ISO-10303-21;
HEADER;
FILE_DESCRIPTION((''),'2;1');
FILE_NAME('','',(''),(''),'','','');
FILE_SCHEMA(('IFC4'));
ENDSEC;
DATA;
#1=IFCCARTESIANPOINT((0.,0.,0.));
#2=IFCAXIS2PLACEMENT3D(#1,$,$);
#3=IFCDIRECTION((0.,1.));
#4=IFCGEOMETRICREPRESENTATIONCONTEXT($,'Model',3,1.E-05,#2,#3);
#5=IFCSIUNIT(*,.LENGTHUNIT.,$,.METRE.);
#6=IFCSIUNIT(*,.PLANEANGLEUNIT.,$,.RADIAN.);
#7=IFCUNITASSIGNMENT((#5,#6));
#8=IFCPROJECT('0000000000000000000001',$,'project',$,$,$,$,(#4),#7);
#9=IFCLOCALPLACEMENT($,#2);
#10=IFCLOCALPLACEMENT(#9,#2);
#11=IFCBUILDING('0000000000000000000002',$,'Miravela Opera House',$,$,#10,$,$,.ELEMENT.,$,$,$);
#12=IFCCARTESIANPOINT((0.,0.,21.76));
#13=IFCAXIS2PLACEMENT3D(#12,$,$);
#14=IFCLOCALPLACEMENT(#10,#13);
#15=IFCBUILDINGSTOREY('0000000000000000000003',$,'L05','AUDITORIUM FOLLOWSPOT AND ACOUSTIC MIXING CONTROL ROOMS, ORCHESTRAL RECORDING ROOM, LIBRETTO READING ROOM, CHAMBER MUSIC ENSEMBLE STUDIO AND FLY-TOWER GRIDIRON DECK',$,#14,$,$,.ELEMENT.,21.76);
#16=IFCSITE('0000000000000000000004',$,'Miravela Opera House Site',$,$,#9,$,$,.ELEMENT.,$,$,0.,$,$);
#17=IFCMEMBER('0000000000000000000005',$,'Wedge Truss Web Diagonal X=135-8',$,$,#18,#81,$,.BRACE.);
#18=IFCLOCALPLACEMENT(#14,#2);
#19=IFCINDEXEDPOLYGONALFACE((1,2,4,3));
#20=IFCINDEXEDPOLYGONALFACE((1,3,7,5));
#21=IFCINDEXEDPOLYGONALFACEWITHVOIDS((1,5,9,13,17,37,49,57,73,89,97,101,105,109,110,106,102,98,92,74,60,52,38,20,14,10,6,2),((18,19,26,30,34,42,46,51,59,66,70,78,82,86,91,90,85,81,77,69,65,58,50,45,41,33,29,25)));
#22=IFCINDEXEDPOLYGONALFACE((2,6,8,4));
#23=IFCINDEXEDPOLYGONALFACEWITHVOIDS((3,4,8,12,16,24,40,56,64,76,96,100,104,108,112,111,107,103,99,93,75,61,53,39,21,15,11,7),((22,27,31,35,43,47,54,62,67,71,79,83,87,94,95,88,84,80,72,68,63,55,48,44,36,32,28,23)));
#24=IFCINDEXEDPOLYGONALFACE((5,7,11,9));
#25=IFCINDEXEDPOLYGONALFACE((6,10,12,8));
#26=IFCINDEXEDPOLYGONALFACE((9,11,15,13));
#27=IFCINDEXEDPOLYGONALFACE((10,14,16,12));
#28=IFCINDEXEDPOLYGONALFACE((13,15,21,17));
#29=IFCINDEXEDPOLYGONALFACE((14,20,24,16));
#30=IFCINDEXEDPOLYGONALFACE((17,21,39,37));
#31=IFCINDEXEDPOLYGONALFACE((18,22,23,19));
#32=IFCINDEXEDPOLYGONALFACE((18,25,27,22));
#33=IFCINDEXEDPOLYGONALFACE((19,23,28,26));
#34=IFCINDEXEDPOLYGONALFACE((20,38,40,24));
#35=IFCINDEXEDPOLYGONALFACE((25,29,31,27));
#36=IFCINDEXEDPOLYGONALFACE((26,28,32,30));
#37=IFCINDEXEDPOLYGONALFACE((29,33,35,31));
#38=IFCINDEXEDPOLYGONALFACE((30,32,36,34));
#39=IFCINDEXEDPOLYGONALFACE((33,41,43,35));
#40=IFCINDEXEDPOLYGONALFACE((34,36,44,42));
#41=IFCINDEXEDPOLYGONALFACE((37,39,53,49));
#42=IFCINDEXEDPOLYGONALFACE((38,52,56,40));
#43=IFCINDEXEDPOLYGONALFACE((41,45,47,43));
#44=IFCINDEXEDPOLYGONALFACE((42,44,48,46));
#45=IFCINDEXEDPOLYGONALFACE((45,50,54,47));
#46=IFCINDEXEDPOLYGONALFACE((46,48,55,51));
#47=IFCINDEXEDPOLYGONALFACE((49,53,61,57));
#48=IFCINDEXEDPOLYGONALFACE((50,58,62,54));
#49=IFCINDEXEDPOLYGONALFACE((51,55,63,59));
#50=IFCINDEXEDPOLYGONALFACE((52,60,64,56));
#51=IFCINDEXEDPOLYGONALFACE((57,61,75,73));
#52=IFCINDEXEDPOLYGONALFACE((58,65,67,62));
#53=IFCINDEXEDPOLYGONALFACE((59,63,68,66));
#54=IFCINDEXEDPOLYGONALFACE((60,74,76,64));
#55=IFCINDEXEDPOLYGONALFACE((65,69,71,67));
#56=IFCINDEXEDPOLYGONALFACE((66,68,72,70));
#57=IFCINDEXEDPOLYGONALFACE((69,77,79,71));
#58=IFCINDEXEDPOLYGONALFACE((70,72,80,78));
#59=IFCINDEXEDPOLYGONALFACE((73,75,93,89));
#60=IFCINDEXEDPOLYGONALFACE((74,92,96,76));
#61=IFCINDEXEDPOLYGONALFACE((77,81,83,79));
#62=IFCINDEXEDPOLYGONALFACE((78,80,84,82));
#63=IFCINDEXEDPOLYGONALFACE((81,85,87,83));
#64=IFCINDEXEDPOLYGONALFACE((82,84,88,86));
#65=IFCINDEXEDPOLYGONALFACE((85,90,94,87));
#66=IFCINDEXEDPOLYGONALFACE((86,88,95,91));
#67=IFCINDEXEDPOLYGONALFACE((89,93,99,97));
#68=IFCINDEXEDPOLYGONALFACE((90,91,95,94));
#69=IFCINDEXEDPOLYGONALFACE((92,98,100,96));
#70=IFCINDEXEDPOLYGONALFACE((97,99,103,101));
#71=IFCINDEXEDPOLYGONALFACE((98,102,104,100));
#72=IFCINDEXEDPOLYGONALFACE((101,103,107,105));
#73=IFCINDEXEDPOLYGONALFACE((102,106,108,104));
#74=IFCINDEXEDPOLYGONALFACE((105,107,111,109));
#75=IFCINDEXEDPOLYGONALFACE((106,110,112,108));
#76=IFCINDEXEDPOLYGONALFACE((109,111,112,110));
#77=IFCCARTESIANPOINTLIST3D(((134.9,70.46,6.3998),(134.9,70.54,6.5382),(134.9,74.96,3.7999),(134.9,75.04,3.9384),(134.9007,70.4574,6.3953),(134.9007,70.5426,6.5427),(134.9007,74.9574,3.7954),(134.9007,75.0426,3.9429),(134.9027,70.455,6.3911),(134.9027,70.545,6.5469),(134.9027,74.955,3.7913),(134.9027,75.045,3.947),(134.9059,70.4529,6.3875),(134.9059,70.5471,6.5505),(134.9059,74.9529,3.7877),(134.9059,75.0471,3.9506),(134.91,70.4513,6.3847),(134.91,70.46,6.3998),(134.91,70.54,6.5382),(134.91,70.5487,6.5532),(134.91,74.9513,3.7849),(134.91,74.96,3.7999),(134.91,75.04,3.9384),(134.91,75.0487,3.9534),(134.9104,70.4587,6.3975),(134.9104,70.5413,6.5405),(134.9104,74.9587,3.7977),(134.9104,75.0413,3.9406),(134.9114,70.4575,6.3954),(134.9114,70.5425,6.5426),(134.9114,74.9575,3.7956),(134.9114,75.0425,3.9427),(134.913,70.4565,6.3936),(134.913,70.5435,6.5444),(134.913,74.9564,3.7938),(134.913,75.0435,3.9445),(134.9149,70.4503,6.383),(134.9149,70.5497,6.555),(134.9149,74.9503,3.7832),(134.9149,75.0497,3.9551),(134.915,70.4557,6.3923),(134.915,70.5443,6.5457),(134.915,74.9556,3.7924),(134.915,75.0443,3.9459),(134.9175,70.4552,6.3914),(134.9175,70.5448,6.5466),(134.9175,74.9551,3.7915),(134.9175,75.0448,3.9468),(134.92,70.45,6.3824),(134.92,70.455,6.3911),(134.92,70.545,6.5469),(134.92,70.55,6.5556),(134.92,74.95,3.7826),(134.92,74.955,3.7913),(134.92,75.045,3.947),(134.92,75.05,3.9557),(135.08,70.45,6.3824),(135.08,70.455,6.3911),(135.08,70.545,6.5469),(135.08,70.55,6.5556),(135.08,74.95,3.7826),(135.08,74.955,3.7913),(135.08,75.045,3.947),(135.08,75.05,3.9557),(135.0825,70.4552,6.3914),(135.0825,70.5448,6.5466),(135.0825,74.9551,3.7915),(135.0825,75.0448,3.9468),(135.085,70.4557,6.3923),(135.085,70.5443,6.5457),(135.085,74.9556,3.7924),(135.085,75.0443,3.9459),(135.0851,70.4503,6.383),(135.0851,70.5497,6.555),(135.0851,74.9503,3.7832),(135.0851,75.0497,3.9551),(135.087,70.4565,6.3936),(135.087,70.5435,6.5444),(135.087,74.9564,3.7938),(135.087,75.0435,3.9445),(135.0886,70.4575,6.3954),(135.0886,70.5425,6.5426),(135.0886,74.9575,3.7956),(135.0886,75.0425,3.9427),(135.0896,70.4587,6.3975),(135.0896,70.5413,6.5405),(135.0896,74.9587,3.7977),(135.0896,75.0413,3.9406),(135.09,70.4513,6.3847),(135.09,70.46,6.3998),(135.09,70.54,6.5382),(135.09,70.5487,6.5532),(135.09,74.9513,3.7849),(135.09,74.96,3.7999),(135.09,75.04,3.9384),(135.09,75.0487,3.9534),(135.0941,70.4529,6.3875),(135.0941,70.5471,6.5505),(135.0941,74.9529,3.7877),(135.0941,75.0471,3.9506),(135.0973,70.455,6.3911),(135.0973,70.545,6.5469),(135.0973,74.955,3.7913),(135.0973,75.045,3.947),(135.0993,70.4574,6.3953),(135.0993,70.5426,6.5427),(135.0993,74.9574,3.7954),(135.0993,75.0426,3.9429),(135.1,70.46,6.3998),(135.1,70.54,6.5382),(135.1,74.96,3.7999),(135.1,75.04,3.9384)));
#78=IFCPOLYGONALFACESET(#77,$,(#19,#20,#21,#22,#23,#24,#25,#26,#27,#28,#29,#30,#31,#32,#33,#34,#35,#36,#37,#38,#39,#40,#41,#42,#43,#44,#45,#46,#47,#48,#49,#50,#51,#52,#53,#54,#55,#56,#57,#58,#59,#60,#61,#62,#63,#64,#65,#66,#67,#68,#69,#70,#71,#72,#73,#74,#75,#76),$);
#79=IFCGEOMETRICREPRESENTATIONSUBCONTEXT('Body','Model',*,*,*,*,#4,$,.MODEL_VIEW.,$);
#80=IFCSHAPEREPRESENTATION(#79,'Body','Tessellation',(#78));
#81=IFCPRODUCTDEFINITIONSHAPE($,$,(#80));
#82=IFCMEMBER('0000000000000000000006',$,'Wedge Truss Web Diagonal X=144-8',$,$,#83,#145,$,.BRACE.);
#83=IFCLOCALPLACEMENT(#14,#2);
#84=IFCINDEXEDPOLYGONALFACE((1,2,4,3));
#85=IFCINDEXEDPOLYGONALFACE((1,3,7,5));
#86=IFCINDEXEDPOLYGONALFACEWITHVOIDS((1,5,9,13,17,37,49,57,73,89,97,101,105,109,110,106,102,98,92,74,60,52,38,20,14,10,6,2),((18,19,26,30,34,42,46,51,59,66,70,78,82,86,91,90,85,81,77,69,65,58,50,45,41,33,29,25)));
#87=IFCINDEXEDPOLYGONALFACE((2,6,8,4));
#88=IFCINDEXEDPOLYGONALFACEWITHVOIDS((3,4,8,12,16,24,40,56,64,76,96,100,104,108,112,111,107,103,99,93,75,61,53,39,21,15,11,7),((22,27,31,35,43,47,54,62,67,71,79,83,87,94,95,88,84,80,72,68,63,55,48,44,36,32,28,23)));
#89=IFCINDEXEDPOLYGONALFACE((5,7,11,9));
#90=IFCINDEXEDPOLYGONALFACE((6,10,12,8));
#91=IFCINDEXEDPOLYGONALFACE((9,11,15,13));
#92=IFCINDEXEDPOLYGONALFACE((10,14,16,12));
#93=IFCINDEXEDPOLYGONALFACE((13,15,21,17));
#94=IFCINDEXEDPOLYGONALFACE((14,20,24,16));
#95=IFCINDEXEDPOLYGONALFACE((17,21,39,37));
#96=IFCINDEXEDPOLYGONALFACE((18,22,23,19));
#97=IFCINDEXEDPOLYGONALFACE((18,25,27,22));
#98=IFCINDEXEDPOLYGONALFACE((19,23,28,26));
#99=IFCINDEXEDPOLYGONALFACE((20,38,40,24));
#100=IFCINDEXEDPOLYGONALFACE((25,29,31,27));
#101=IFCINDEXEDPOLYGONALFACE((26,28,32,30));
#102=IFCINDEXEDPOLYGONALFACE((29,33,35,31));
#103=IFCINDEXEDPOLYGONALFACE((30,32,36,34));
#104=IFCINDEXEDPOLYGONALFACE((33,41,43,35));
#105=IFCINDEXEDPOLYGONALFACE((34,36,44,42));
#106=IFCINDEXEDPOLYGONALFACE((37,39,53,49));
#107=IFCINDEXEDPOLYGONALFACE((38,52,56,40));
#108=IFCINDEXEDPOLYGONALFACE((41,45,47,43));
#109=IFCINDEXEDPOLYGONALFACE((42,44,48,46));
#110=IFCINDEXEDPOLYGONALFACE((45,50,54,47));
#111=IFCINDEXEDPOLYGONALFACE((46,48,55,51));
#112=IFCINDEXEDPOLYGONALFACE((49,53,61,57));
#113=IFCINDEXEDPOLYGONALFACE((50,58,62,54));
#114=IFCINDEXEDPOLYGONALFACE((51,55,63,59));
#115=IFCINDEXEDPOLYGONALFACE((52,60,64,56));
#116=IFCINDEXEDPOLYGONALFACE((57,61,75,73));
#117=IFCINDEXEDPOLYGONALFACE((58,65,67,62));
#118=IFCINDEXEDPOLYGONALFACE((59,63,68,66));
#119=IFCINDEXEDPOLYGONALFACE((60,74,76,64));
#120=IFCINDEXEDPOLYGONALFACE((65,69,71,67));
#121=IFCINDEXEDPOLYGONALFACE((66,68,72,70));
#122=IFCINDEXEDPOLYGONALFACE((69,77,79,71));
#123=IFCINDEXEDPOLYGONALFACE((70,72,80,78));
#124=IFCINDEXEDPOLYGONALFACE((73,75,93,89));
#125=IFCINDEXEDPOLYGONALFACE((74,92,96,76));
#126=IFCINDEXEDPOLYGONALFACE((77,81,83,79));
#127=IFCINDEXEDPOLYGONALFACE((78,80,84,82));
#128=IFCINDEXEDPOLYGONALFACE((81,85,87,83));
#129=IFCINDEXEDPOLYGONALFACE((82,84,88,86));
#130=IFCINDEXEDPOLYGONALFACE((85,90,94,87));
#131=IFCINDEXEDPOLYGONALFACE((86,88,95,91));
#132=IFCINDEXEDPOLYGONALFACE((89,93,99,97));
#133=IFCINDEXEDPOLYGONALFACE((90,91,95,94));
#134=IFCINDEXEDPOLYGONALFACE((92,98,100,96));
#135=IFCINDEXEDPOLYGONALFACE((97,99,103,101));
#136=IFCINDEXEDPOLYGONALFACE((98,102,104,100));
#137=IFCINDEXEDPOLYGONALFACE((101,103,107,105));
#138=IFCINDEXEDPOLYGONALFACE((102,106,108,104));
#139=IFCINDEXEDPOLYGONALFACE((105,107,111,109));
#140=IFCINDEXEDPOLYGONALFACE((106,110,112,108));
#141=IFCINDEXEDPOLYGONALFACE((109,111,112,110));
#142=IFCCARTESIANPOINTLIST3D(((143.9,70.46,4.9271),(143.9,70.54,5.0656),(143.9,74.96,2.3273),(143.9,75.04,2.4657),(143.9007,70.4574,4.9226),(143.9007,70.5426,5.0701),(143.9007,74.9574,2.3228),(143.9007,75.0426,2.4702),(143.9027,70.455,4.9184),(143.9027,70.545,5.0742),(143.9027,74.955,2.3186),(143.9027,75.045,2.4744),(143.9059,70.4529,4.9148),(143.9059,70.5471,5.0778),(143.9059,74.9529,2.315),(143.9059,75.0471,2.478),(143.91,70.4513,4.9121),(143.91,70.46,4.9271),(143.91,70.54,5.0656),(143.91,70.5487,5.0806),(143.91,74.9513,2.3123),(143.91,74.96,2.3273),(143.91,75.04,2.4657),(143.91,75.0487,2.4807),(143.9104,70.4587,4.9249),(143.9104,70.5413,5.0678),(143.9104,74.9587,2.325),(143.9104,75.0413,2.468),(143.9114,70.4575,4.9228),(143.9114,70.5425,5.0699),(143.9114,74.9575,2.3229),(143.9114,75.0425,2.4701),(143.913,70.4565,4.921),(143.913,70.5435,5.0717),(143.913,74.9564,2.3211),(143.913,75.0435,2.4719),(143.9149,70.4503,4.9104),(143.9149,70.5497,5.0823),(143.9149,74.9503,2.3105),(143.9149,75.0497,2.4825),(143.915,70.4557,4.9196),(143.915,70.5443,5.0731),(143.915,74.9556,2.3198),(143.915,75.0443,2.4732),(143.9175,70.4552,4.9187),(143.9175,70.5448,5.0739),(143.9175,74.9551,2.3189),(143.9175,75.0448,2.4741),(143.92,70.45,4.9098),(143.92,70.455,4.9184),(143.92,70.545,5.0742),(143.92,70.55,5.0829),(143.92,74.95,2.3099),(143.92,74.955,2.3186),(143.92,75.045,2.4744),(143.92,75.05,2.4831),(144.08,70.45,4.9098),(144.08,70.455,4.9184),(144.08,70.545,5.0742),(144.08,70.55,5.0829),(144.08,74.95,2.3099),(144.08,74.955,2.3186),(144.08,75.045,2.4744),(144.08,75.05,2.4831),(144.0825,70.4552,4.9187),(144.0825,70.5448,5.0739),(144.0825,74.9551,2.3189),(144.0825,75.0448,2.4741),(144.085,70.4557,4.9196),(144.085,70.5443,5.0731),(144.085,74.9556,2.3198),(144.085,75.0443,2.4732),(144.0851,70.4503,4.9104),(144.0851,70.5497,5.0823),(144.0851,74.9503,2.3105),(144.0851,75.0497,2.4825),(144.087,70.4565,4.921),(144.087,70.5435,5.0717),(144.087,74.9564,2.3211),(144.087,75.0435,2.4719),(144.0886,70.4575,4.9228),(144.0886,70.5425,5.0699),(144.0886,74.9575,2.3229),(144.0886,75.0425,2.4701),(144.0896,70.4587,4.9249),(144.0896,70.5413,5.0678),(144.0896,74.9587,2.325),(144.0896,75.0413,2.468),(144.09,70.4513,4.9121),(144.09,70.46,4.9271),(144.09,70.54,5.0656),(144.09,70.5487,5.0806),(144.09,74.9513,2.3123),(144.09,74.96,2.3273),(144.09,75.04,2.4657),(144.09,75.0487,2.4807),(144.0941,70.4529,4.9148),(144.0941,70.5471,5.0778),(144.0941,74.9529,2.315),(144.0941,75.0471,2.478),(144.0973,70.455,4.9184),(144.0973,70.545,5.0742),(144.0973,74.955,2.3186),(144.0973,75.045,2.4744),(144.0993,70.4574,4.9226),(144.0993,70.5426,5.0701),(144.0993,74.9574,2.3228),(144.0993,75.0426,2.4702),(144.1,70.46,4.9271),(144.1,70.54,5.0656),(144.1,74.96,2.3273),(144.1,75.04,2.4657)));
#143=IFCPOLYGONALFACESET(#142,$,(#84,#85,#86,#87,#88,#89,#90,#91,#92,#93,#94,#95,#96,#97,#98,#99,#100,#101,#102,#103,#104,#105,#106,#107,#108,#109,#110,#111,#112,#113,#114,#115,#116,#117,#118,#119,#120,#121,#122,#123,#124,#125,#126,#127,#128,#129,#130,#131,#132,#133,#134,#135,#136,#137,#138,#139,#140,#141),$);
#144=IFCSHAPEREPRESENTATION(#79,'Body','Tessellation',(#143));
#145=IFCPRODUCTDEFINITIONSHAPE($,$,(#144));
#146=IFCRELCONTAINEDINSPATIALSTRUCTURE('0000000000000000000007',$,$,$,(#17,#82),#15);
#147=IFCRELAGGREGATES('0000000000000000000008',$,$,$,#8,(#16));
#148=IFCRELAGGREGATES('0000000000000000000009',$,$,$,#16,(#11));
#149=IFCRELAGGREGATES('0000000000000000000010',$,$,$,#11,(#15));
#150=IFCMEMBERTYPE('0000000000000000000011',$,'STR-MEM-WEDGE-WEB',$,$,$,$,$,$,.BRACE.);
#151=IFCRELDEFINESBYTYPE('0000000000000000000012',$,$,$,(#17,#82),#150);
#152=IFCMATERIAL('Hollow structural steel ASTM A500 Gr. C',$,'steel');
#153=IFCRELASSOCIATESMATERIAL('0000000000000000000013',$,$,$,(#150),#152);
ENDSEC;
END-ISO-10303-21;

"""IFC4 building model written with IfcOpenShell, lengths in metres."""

from ifc_helpers import new_model, si_unit, direction, frame, origin, origin_2d, place, context, subcontext, project, spatial, hollow_rectangle, extrude, material, material_profile, profile_set, type_object, element, save


model = new_model("IFC4")

# Units and contexts
model_context = context("Model", 3, precision=1e-05, world=origin(), true_north=direction((0.0, 1.0)))
body_context = subcontext(model_context, "Body", "Model", "MODEL_VIEW")
ifc_project = project(units=[si_unit("LENGTHUNIT", "METRE"), si_unit("PLANEANGLEUNIT", "RADIAN")], contexts=[model_context])

# Site, building, storey
site_placement = place(None, origin())
site = spatial("IfcSite", under=ifc_project, at=site_placement, Name="Miravela Opera House Site", CompositionType="ELEMENT", RefElevation=0.0)
building_placement = place(site_placement, origin())
building = spatial("IfcBuilding", under=site, at=building_placement, Name="Miravela Opera House", CompositionType="ELEMENT")
storey_placement = place(building_placement, frame((0.0, 0.0, 21.76)))
storey = spatial("IfcBuildingStorey", under=building, at=storey_placement, Name="L05", Description="AUDITORIUM FOLLOWSPOT AND ACOUSTIC MIXING CONTROL ROOMS, ORCHESTRAL RECORDING ROOM, LIBRETTO READING ROOM, CHAMBER MUSIC ENSEMBLE STUDIO AND FLY-TOWER GRIDIRON DECK", CompositionType="ELEMENT", Elevation=21.76)

# Members
ifc_material_1 = material(Name="Hollow structural steel ASTM A500 Gr. C", Category="steel")
ifc_material_profile_1 = material_profile(ifc_material_1, hollow_rectangle(XDim=0.2, YDim=0.2, WallThickness=0.01, InnerFilletRadius=0.01, OuterFilletRadius=0.02, at=origin_2d()), Name="HSS200X200X10")
ifc_profile_set_1 = profile_set([ifc_material_profile_1])
member_type_1 = type_object("IfcMemberType", Name="STR-MEM-WEDGE-WEB", PredefinedType="BRACE", material=ifc_profile_set_1)
for number, where, z_axis, x_axis, name in (
    (1, (135.0, 70.5, 6.469), (0.0, 0.865877, -0.500256), (-1.0, 0.0, 0.0), "Wedge Truss Web Diagonal X=135-8"),
    (2, (144.0, 70.5, 4.9963), (0.0, 0.865877, -0.500256), (-1.0, 0.0, 0.0), "Wedge Truss Web Diagonal X=144-8"),
):
    element("IfcMember", number, at=place(storey_placement, frame(where, z_axis=z_axis, x_axis=x_axis)), inside=storey, type_object=member_type_1, Name=name, PredefinedType="BRACE", context=body_context, shape_type="SweptSolid", body=[
        extrude(hollow_rectangle(XDim=0.2, YDim=0.2, WallThickness=0.01, InnerFilletRadius=0.01, OuterFilletRadius=0.02, at=origin_2d()), origin(), (0.0, 0.0, 1.0), 5.197),
    ])

save(model, "model.ifc")
